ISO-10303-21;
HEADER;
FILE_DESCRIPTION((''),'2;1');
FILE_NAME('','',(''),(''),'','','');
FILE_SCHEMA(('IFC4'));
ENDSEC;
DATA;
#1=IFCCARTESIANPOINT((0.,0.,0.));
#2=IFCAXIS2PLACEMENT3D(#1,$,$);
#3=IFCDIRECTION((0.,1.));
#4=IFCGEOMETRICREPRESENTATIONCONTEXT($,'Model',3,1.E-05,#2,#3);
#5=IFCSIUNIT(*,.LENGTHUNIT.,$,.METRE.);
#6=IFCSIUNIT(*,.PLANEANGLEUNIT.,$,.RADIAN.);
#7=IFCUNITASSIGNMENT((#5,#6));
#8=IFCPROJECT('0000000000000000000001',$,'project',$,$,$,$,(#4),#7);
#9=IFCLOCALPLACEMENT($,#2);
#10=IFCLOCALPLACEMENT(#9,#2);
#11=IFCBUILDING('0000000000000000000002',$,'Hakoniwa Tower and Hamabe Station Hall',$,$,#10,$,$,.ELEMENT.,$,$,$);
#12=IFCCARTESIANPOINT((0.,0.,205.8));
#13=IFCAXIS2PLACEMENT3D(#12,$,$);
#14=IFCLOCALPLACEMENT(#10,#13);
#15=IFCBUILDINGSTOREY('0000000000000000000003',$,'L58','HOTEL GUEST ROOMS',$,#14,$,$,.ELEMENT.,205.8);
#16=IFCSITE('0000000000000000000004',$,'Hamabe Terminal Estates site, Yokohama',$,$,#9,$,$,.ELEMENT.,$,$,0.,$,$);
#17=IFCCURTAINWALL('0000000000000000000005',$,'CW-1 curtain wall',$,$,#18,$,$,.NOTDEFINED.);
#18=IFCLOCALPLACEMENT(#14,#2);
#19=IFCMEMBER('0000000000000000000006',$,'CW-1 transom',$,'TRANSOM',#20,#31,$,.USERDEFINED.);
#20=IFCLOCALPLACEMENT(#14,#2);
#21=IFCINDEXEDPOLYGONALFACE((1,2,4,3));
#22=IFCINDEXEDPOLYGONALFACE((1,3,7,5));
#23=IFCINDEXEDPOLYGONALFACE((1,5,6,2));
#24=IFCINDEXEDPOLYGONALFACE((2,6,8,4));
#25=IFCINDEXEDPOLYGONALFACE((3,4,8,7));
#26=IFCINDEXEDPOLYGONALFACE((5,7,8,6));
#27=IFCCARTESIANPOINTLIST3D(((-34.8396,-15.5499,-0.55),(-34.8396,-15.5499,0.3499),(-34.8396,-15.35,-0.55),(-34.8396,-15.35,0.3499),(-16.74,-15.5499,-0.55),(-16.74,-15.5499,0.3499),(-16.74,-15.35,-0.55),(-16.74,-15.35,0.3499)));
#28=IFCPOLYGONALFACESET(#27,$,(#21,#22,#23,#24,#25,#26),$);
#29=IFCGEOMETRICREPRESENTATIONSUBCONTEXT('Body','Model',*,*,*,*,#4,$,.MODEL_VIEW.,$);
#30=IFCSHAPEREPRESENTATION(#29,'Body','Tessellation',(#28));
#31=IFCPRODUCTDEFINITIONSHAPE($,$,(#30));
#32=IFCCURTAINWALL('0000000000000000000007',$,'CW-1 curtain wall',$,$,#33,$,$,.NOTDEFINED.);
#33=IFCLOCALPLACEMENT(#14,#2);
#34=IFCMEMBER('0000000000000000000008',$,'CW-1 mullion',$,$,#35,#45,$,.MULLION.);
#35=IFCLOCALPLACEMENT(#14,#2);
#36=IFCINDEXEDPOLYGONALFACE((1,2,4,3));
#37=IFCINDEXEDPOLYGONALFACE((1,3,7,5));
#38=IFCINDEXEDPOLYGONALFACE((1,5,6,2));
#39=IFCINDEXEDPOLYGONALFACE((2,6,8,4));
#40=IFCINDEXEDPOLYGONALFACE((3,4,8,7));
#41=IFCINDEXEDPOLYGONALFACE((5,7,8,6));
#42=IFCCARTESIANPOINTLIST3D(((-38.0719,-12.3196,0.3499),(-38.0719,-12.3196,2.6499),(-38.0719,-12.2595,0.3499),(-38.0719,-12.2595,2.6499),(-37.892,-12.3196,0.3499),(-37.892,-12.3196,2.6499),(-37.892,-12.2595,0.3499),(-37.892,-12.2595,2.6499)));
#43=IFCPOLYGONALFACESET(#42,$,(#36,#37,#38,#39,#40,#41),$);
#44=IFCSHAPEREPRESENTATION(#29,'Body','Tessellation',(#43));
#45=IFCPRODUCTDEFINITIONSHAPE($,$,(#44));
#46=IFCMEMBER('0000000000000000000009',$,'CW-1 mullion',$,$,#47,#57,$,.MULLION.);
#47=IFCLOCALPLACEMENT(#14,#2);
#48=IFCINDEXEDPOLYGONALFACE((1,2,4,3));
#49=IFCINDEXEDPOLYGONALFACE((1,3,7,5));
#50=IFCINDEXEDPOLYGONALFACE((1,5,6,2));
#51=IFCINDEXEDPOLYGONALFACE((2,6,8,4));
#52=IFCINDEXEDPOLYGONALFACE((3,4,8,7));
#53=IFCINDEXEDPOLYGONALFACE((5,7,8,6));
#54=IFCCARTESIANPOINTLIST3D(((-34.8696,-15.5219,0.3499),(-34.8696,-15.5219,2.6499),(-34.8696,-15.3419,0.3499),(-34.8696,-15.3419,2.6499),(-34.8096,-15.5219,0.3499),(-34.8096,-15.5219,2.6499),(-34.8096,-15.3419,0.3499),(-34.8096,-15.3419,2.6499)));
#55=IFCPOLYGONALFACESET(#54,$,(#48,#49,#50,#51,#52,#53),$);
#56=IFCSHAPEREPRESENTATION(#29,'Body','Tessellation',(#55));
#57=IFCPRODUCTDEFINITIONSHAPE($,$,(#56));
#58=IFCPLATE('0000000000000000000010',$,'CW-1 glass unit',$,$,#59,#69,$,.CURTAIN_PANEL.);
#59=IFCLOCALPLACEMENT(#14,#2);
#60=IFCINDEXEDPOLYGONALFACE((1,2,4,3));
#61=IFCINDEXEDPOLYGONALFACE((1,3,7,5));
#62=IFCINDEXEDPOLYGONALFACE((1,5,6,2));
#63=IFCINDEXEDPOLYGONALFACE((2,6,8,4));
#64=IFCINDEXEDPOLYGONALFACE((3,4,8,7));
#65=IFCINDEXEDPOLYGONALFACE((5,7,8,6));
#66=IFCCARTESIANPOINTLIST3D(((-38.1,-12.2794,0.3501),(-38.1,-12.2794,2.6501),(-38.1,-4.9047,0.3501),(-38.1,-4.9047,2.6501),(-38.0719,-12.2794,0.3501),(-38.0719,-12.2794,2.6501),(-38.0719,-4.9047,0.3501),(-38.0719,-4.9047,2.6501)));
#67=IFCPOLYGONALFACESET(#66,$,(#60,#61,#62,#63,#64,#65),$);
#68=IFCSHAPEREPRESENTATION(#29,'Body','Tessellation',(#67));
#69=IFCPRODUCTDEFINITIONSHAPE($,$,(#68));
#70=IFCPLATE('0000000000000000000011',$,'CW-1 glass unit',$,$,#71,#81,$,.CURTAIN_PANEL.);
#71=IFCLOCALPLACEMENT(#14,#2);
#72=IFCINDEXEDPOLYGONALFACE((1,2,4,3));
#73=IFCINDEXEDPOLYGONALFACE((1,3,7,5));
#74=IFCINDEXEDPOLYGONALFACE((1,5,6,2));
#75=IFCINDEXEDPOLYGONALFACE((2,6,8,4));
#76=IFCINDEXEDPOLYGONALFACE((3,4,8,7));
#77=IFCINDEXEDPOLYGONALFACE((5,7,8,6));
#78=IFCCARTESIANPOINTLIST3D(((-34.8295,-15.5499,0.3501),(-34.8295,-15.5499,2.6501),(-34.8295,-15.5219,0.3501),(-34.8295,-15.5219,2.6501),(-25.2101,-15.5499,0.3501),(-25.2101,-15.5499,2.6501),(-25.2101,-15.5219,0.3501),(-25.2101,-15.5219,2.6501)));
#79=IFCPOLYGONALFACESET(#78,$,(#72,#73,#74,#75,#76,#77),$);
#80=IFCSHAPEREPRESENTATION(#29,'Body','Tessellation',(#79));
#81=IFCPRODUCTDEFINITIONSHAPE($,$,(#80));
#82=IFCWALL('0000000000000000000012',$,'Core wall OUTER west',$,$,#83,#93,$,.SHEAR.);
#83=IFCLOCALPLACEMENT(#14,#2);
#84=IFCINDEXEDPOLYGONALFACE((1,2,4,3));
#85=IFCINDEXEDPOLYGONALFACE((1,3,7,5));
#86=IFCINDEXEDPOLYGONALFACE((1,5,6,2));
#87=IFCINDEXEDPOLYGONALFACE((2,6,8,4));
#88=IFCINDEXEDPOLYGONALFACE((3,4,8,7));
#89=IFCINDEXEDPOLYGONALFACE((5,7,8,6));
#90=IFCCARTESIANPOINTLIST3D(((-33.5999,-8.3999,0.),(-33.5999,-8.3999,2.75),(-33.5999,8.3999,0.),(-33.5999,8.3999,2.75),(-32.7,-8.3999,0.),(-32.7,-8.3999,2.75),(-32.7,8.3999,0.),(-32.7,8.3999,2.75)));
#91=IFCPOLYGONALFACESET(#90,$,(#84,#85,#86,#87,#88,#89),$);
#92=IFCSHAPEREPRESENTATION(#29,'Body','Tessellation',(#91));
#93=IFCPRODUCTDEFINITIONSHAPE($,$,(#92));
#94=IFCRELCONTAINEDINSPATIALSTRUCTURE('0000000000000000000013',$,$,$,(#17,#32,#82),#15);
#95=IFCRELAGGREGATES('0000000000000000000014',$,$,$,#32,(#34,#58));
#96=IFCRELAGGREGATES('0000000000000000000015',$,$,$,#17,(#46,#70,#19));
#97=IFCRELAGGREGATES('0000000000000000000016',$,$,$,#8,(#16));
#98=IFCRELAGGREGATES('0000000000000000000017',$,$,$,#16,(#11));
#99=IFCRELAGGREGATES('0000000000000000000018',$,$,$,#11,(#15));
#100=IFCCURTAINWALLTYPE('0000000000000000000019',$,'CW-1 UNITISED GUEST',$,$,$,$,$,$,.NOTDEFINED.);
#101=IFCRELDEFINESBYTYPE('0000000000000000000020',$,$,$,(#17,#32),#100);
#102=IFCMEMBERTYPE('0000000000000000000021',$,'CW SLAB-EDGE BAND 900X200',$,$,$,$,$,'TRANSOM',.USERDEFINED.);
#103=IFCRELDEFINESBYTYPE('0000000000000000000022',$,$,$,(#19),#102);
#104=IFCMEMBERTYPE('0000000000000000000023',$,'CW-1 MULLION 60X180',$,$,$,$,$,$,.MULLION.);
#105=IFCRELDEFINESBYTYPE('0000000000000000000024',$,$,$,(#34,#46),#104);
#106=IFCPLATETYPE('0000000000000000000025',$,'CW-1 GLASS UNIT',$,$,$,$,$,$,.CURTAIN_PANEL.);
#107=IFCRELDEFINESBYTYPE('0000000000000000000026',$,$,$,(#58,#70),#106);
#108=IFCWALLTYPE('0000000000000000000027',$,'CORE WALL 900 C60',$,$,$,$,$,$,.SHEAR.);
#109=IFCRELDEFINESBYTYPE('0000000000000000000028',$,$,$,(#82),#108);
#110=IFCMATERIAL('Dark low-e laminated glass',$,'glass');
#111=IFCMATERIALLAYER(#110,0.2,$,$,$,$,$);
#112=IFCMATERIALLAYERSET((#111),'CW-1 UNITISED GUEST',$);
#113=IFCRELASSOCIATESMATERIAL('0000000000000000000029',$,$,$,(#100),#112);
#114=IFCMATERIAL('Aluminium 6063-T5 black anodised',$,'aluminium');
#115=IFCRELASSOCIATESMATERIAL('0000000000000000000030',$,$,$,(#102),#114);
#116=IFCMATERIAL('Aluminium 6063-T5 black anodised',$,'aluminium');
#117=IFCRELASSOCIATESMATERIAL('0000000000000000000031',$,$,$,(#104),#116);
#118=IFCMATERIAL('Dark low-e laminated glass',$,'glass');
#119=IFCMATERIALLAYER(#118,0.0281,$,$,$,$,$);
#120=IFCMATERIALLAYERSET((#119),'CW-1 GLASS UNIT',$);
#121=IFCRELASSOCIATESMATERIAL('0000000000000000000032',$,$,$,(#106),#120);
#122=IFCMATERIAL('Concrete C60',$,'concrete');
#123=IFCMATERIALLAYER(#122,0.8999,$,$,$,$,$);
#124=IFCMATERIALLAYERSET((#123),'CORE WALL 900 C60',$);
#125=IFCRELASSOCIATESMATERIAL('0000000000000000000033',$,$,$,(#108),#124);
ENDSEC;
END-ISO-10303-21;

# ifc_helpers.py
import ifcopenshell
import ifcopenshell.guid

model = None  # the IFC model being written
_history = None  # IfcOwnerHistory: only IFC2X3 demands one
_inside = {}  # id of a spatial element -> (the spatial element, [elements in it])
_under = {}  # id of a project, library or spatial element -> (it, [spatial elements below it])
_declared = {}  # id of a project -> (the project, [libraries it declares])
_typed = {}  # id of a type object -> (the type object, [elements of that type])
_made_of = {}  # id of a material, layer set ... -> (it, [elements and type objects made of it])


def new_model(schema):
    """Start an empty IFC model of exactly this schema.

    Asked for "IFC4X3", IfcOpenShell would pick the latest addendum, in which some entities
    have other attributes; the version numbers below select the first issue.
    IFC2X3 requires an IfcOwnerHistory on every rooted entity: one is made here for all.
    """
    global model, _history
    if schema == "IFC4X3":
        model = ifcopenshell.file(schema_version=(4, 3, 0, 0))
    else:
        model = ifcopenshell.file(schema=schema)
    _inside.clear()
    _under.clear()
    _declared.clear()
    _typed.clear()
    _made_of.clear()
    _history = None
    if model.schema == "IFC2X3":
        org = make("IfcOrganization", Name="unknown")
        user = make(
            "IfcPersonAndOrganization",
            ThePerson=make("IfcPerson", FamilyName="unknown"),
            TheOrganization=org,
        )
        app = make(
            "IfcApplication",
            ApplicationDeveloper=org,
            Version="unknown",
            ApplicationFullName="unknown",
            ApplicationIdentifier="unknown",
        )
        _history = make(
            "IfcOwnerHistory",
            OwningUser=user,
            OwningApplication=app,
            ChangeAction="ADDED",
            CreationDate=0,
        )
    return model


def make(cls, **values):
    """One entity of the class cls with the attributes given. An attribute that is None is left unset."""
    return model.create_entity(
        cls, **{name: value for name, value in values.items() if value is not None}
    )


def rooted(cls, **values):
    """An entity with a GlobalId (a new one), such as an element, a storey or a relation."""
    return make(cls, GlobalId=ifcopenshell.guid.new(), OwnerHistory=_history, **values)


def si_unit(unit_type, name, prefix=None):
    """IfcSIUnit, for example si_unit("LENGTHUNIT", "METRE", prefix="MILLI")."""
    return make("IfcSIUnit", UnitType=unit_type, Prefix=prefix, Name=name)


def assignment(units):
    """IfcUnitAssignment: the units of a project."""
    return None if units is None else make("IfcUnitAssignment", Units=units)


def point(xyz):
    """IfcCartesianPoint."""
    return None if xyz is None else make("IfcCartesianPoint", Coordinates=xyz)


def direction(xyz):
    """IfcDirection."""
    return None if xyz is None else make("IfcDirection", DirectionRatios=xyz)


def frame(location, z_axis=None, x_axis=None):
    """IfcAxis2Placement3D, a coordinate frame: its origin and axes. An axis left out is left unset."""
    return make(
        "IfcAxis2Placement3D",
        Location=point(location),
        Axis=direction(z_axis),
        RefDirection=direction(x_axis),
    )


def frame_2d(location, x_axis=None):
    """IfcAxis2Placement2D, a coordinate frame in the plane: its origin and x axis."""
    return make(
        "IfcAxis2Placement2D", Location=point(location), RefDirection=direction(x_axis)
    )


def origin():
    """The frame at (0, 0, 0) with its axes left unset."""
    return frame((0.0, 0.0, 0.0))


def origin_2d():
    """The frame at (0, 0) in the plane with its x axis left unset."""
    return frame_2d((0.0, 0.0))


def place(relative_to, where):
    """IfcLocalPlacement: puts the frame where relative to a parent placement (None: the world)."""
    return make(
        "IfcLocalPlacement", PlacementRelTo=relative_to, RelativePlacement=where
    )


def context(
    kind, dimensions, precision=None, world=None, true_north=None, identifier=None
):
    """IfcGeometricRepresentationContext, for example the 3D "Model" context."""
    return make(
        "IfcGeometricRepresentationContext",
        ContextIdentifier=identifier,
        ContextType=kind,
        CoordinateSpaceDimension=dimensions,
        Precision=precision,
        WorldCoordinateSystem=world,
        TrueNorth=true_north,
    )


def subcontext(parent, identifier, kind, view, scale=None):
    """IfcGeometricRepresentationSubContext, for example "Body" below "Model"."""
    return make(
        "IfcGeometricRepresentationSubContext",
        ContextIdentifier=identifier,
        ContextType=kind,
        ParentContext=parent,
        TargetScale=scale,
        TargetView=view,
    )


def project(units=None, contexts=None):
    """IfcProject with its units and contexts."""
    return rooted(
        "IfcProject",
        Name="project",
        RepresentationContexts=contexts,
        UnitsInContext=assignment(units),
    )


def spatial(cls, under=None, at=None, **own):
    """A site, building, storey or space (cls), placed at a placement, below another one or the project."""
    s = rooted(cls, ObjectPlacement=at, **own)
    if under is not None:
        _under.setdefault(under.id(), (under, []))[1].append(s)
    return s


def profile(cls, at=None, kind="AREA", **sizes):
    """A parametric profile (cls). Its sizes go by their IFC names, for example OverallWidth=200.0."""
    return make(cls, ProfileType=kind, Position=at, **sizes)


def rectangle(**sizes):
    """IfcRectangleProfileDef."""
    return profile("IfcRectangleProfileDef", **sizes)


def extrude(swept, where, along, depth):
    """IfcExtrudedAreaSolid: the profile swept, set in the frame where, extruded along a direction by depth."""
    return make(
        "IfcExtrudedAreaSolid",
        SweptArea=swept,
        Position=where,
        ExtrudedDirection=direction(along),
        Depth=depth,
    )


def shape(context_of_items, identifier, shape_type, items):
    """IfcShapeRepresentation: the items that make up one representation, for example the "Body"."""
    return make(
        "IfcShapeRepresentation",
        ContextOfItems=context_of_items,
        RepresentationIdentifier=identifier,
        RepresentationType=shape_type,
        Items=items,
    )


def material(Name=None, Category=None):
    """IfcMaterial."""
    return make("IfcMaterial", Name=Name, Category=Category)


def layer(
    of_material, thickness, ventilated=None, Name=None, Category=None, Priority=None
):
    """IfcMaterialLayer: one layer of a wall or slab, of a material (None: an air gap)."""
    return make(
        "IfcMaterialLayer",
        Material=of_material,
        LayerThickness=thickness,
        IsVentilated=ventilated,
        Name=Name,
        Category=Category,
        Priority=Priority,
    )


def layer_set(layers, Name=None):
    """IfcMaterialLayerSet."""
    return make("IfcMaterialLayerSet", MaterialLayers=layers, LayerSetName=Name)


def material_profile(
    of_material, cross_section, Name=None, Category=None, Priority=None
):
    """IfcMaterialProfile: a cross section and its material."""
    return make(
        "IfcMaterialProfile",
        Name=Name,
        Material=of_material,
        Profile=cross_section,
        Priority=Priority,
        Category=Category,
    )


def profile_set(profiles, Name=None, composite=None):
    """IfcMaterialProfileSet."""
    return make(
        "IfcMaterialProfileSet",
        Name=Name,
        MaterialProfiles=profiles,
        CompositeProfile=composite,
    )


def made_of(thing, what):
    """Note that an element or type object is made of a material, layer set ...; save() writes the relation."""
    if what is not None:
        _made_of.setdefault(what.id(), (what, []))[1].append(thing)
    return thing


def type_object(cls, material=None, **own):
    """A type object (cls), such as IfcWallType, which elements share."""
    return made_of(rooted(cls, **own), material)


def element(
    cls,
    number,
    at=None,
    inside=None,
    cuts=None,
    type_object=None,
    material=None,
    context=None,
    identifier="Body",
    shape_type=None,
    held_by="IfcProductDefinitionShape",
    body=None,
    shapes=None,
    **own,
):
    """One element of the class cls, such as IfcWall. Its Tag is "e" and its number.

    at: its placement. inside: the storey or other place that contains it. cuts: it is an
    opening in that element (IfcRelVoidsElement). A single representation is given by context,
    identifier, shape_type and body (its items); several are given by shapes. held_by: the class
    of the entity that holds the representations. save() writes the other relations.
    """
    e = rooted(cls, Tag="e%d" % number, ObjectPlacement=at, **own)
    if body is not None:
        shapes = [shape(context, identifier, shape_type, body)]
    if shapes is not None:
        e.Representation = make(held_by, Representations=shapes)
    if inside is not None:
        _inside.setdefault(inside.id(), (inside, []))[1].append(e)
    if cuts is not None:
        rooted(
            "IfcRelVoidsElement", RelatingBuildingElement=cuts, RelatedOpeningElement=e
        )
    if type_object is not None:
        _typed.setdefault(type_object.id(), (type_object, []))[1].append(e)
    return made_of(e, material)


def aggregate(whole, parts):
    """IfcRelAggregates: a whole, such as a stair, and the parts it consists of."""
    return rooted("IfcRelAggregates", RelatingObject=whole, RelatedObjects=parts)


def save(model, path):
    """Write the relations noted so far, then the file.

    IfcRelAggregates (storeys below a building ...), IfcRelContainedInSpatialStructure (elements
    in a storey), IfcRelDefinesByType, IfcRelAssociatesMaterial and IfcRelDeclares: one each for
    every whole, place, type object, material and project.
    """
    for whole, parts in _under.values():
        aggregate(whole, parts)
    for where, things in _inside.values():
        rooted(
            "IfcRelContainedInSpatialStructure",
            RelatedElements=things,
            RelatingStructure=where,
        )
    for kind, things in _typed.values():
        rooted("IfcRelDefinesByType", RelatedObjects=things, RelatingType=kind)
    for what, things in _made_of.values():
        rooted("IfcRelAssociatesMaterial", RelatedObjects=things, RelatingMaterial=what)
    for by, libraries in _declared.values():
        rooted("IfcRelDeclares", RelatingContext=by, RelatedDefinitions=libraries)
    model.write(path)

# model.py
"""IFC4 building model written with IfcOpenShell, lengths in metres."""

from ifc_helpers import new_model, si_unit, direction, frame, frame_2d, origin, origin_2d, place, context, subcontext, project, spatial, rectangle, extrude, material, layer, layer_set, material_profile, profile_set, type_object, element, aggregate, save


model = new_model("IFC4")

# Units and contexts
model_context = context("Model", 3, precision=1e-05, world=origin(), true_north=direction((0.0, 1.0)))
body_context = subcontext(model_context, "Body", "Model", "MODEL_VIEW")
ifc_project = project(units=[si_unit("LENGTHUNIT", "METRE"), si_unit("PLANEANGLEUNIT", "RADIAN")], contexts=[model_context])

# Site, building, storey
site_placement = place(None, origin())
site = spatial("IfcSite", under=ifc_project, at=site_placement, Name="Hamabe Terminal Estates site, Yokohama", CompositionType="ELEMENT", RefElevation=0.0)
building_placement = place(site_placement, origin())
building = spatial("IfcBuilding", under=site, at=building_placement, Name="Hakoniwa Tower and Hamabe Station Hall", CompositionType="ELEMENT")
storey_placement = place(building_placement, frame((0.0, 0.0, 205.8)))
storey = spatial("IfcBuildingStorey", under=building, at=storey_placement, Name="L58", Description="HOTEL GUEST ROOMS", CompositionType="ELEMENT", Elevation=205.8)

# Curtain walls, members
ifc_material_1 = material(Name="Dark low-e laminated glass", Category="glass")
ifc_layer_1 = layer(ifc_material_1, 0.2)
ifc_layer_set_1 = layer_set([ifc_layer_1], Name="CW-1 UNITISED GUEST")
curtain_wall_type = type_object("IfcCurtainWallType", Name="CW-1 UNITISED GUEST", PredefinedType="NOTDEFINED", material=ifc_layer_set_1)
curtain_wall_1_placement = place(storey_placement, origin())
curtain_wall_1 = element("IfcCurtainWall", 1, at=curtain_wall_1_placement, inside=storey, type_object=curtain_wall_type, Name="CW-1 curtain wall", PredefinedType="NOTDEFINED")
ifc_material_2 = material(Name="Aluminium 6063-T5 black anodised", Category="aluminium")
ifc_material_profile_1 = material_profile(ifc_material_2, rectangle(XDim=0.2, YDim=0.8999, at=origin_2d()), Name="CW SLAB-EDGE BAND 900X200")
ifc_profile_set_1 = profile_set([ifc_material_profile_1], Name="Aluminium 6063-T5 black anodised")
member_type_1 = type_object("IfcMemberType", Name="CW SLAB-EDGE BAND 900X200", ElementType="TRANSOM", PredefinedType="USERDEFINED", material=ifc_profile_set_1)
member_1_placement = place(storey_placement, frame((-34.8396, -15.45, -0.1001), z_axis=(1.0, 0.0, 0.0), x_axis=(0.0, 1.0, 0.0)))
member_1 = element("IfcMember", 2, at=member_1_placement, type_object=member_type_1, Name="CW-1 transom", ObjectType="TRANSOM", PredefinedType="USERDEFINED", context=body_context, shape_type="SweptSolid", body=[
    extrude(rectangle(XDim=0.2, YDim=0.8999, at=origin_2d()), origin(), (0.0, 0.0, 1.0), 18.0996),
])
curtain_wall_2_placement = place(storey_placement, origin())
curtain_wall_2 = element("IfcCurtainWall", 3, at=curtain_wall_2_placement, inside=storey, type_object=curtain_wall_type, Name="CW-1 curtain wall", PredefinedType="NOTDEFINED")
ifc_material_3 = material(Name="Aluminium 6063-T5 black anodised", Category="aluminium")
ifc_material_profile_2 = material_profile(ifc_material_3, rectangle(XDim=0.0601, YDim=0.1799, at=origin_2d()), Name="CW-1 MULLION 60X180")
ifc_profile_set_2 = profile_set([ifc_material_profile_2], Name="Aluminium 6063-T5 black anodised")
member_type_2 = type_object("IfcMemberType", Name="CW-1 MULLION 60X180", PredefinedType="MULLION", material=ifc_profile_set_2)
member_2_placement = place(storey_placement, frame((-37.9819, -12.2896, 0.3499), z_axis=(0.0, 0.0, 1.0), x_axis=(0.0, -1.0, 0.0)))
member_2 = element("IfcMember", 4, at=member_2_placement, type_object=member_type_2, Name="CW-1 mullion", PredefinedType="MULLION", context=body_context, shape_type="SweptSolid", body=[
    extrude(rectangle(XDim=0.0601, YDim=0.1799, at=origin_2d()), origin(), (0.0, 0.0, 1.0), 2.3),
])

# Member
member_3_placement = place(storey_placement, frame((-34.8396, -15.4319, 0.3499), z_axis=(0.0, 0.0, 1.0), x_axis=(1.0, 0.0, 0.0)))
member_3 = element("IfcMember", 5, at=member_3_placement, type_object=member_type_2, Name="CW-1 mullion", PredefinedType="MULLION", context=body_context, shape_type="SweptSolid", body=[
    extrude(rectangle(XDim=0.0601, YDim=0.1799, at=origin_2d()), origin(), (0.0, 0.0, 1.0), 2.3),
])

# Plates
ifc_material_4 = material(Name="Dark low-e laminated glass", Category="glass")
ifc_layer_2 = layer(ifc_material_4, 0.0281)
ifc_layer_set_2 = layer_set([ifc_layer_2], Name="CW-1 GLASS UNIT")
plate_type = type_object("IfcPlateType", Name="CW-1 GLASS UNIT", PredefinedType="CURTAIN_PANEL", material=ifc_layer_set_2)
plate_1_placement = place(storey_placement, frame((-38.0859, -8.592, 0.3501), z_axis=(0.0, 0.0, 1.0), x_axis=(0.0, -1.0, 0.0)))
plate_1 = element("IfcPlate", 6, at=plate_1_placement, type_object=plate_type, Name="CW-1 glass unit", PredefinedType="CURTAIN_PANEL", context=body_context, shape_type="SweptSolid", body=[
    extrude(rectangle(XDim=7.3748, YDim=0.0281, at=origin_2d()), origin(), (0.0, 0.0, 1.0), 2.3),
])
aggregate(curtain_wall_2, [member_2, plate_1])
plate_2_placement = place(storey_placement, frame((-30.0198, -15.5359, 0.3501), z_axis=(0.0, 0.0, 1.0), x_axis=(1.0, 0.0, 0.0)))
plate_2 = element("IfcPlate", 7, at=plate_2_placement, type_object=plate_type, Name="CW-1 glass unit", PredefinedType="CURTAIN_PANEL", context=body_context, shape_type="SweptSolid", body=[
    extrude(rectangle(XDim=9.6194, YDim=0.0281, at=origin_2d()), origin(), (0.0, 0.0, 1.0), 2.3),
])
aggregate(curtain_wall_1, [member_3, plate_2, member_1])

# Wall
ifc_material_5 = material(Name="Concrete C60", Category="concrete")
ifc_layer_3 = layer(ifc_material_5, 0.8999)
ifc_layer_set_3 = layer_set([ifc_layer_3], Name="CORE WALL 900 C60")
wall_type_1 = type_object("IfcWallType", Name="CORE WALL 900 C60", PredefinedType="SHEAR", material=ifc_layer_set_3)
wall_1_placement = place(storey_placement, frame((-33.1499, -8.3999, 0.0), z_axis=(0.0, 0.0, 1.0), x_axis=(0.0, 1.0, 0.0)))
element("IfcWall", 8, at=wall_1_placement, inside=storey, type_object=wall_type_1, Name="Core wall OUTER west", PredefinedType="SHEAR", context=body_context, shape_type="SweptSolid", body=[
    extrude(rectangle(XDim=16.7998, YDim=0.8999, at=frame_2d((8.3999, 0.0))), origin(), (0.0, 0.0, 1.0), 2.75),
])

save(model, "model.ifc")
